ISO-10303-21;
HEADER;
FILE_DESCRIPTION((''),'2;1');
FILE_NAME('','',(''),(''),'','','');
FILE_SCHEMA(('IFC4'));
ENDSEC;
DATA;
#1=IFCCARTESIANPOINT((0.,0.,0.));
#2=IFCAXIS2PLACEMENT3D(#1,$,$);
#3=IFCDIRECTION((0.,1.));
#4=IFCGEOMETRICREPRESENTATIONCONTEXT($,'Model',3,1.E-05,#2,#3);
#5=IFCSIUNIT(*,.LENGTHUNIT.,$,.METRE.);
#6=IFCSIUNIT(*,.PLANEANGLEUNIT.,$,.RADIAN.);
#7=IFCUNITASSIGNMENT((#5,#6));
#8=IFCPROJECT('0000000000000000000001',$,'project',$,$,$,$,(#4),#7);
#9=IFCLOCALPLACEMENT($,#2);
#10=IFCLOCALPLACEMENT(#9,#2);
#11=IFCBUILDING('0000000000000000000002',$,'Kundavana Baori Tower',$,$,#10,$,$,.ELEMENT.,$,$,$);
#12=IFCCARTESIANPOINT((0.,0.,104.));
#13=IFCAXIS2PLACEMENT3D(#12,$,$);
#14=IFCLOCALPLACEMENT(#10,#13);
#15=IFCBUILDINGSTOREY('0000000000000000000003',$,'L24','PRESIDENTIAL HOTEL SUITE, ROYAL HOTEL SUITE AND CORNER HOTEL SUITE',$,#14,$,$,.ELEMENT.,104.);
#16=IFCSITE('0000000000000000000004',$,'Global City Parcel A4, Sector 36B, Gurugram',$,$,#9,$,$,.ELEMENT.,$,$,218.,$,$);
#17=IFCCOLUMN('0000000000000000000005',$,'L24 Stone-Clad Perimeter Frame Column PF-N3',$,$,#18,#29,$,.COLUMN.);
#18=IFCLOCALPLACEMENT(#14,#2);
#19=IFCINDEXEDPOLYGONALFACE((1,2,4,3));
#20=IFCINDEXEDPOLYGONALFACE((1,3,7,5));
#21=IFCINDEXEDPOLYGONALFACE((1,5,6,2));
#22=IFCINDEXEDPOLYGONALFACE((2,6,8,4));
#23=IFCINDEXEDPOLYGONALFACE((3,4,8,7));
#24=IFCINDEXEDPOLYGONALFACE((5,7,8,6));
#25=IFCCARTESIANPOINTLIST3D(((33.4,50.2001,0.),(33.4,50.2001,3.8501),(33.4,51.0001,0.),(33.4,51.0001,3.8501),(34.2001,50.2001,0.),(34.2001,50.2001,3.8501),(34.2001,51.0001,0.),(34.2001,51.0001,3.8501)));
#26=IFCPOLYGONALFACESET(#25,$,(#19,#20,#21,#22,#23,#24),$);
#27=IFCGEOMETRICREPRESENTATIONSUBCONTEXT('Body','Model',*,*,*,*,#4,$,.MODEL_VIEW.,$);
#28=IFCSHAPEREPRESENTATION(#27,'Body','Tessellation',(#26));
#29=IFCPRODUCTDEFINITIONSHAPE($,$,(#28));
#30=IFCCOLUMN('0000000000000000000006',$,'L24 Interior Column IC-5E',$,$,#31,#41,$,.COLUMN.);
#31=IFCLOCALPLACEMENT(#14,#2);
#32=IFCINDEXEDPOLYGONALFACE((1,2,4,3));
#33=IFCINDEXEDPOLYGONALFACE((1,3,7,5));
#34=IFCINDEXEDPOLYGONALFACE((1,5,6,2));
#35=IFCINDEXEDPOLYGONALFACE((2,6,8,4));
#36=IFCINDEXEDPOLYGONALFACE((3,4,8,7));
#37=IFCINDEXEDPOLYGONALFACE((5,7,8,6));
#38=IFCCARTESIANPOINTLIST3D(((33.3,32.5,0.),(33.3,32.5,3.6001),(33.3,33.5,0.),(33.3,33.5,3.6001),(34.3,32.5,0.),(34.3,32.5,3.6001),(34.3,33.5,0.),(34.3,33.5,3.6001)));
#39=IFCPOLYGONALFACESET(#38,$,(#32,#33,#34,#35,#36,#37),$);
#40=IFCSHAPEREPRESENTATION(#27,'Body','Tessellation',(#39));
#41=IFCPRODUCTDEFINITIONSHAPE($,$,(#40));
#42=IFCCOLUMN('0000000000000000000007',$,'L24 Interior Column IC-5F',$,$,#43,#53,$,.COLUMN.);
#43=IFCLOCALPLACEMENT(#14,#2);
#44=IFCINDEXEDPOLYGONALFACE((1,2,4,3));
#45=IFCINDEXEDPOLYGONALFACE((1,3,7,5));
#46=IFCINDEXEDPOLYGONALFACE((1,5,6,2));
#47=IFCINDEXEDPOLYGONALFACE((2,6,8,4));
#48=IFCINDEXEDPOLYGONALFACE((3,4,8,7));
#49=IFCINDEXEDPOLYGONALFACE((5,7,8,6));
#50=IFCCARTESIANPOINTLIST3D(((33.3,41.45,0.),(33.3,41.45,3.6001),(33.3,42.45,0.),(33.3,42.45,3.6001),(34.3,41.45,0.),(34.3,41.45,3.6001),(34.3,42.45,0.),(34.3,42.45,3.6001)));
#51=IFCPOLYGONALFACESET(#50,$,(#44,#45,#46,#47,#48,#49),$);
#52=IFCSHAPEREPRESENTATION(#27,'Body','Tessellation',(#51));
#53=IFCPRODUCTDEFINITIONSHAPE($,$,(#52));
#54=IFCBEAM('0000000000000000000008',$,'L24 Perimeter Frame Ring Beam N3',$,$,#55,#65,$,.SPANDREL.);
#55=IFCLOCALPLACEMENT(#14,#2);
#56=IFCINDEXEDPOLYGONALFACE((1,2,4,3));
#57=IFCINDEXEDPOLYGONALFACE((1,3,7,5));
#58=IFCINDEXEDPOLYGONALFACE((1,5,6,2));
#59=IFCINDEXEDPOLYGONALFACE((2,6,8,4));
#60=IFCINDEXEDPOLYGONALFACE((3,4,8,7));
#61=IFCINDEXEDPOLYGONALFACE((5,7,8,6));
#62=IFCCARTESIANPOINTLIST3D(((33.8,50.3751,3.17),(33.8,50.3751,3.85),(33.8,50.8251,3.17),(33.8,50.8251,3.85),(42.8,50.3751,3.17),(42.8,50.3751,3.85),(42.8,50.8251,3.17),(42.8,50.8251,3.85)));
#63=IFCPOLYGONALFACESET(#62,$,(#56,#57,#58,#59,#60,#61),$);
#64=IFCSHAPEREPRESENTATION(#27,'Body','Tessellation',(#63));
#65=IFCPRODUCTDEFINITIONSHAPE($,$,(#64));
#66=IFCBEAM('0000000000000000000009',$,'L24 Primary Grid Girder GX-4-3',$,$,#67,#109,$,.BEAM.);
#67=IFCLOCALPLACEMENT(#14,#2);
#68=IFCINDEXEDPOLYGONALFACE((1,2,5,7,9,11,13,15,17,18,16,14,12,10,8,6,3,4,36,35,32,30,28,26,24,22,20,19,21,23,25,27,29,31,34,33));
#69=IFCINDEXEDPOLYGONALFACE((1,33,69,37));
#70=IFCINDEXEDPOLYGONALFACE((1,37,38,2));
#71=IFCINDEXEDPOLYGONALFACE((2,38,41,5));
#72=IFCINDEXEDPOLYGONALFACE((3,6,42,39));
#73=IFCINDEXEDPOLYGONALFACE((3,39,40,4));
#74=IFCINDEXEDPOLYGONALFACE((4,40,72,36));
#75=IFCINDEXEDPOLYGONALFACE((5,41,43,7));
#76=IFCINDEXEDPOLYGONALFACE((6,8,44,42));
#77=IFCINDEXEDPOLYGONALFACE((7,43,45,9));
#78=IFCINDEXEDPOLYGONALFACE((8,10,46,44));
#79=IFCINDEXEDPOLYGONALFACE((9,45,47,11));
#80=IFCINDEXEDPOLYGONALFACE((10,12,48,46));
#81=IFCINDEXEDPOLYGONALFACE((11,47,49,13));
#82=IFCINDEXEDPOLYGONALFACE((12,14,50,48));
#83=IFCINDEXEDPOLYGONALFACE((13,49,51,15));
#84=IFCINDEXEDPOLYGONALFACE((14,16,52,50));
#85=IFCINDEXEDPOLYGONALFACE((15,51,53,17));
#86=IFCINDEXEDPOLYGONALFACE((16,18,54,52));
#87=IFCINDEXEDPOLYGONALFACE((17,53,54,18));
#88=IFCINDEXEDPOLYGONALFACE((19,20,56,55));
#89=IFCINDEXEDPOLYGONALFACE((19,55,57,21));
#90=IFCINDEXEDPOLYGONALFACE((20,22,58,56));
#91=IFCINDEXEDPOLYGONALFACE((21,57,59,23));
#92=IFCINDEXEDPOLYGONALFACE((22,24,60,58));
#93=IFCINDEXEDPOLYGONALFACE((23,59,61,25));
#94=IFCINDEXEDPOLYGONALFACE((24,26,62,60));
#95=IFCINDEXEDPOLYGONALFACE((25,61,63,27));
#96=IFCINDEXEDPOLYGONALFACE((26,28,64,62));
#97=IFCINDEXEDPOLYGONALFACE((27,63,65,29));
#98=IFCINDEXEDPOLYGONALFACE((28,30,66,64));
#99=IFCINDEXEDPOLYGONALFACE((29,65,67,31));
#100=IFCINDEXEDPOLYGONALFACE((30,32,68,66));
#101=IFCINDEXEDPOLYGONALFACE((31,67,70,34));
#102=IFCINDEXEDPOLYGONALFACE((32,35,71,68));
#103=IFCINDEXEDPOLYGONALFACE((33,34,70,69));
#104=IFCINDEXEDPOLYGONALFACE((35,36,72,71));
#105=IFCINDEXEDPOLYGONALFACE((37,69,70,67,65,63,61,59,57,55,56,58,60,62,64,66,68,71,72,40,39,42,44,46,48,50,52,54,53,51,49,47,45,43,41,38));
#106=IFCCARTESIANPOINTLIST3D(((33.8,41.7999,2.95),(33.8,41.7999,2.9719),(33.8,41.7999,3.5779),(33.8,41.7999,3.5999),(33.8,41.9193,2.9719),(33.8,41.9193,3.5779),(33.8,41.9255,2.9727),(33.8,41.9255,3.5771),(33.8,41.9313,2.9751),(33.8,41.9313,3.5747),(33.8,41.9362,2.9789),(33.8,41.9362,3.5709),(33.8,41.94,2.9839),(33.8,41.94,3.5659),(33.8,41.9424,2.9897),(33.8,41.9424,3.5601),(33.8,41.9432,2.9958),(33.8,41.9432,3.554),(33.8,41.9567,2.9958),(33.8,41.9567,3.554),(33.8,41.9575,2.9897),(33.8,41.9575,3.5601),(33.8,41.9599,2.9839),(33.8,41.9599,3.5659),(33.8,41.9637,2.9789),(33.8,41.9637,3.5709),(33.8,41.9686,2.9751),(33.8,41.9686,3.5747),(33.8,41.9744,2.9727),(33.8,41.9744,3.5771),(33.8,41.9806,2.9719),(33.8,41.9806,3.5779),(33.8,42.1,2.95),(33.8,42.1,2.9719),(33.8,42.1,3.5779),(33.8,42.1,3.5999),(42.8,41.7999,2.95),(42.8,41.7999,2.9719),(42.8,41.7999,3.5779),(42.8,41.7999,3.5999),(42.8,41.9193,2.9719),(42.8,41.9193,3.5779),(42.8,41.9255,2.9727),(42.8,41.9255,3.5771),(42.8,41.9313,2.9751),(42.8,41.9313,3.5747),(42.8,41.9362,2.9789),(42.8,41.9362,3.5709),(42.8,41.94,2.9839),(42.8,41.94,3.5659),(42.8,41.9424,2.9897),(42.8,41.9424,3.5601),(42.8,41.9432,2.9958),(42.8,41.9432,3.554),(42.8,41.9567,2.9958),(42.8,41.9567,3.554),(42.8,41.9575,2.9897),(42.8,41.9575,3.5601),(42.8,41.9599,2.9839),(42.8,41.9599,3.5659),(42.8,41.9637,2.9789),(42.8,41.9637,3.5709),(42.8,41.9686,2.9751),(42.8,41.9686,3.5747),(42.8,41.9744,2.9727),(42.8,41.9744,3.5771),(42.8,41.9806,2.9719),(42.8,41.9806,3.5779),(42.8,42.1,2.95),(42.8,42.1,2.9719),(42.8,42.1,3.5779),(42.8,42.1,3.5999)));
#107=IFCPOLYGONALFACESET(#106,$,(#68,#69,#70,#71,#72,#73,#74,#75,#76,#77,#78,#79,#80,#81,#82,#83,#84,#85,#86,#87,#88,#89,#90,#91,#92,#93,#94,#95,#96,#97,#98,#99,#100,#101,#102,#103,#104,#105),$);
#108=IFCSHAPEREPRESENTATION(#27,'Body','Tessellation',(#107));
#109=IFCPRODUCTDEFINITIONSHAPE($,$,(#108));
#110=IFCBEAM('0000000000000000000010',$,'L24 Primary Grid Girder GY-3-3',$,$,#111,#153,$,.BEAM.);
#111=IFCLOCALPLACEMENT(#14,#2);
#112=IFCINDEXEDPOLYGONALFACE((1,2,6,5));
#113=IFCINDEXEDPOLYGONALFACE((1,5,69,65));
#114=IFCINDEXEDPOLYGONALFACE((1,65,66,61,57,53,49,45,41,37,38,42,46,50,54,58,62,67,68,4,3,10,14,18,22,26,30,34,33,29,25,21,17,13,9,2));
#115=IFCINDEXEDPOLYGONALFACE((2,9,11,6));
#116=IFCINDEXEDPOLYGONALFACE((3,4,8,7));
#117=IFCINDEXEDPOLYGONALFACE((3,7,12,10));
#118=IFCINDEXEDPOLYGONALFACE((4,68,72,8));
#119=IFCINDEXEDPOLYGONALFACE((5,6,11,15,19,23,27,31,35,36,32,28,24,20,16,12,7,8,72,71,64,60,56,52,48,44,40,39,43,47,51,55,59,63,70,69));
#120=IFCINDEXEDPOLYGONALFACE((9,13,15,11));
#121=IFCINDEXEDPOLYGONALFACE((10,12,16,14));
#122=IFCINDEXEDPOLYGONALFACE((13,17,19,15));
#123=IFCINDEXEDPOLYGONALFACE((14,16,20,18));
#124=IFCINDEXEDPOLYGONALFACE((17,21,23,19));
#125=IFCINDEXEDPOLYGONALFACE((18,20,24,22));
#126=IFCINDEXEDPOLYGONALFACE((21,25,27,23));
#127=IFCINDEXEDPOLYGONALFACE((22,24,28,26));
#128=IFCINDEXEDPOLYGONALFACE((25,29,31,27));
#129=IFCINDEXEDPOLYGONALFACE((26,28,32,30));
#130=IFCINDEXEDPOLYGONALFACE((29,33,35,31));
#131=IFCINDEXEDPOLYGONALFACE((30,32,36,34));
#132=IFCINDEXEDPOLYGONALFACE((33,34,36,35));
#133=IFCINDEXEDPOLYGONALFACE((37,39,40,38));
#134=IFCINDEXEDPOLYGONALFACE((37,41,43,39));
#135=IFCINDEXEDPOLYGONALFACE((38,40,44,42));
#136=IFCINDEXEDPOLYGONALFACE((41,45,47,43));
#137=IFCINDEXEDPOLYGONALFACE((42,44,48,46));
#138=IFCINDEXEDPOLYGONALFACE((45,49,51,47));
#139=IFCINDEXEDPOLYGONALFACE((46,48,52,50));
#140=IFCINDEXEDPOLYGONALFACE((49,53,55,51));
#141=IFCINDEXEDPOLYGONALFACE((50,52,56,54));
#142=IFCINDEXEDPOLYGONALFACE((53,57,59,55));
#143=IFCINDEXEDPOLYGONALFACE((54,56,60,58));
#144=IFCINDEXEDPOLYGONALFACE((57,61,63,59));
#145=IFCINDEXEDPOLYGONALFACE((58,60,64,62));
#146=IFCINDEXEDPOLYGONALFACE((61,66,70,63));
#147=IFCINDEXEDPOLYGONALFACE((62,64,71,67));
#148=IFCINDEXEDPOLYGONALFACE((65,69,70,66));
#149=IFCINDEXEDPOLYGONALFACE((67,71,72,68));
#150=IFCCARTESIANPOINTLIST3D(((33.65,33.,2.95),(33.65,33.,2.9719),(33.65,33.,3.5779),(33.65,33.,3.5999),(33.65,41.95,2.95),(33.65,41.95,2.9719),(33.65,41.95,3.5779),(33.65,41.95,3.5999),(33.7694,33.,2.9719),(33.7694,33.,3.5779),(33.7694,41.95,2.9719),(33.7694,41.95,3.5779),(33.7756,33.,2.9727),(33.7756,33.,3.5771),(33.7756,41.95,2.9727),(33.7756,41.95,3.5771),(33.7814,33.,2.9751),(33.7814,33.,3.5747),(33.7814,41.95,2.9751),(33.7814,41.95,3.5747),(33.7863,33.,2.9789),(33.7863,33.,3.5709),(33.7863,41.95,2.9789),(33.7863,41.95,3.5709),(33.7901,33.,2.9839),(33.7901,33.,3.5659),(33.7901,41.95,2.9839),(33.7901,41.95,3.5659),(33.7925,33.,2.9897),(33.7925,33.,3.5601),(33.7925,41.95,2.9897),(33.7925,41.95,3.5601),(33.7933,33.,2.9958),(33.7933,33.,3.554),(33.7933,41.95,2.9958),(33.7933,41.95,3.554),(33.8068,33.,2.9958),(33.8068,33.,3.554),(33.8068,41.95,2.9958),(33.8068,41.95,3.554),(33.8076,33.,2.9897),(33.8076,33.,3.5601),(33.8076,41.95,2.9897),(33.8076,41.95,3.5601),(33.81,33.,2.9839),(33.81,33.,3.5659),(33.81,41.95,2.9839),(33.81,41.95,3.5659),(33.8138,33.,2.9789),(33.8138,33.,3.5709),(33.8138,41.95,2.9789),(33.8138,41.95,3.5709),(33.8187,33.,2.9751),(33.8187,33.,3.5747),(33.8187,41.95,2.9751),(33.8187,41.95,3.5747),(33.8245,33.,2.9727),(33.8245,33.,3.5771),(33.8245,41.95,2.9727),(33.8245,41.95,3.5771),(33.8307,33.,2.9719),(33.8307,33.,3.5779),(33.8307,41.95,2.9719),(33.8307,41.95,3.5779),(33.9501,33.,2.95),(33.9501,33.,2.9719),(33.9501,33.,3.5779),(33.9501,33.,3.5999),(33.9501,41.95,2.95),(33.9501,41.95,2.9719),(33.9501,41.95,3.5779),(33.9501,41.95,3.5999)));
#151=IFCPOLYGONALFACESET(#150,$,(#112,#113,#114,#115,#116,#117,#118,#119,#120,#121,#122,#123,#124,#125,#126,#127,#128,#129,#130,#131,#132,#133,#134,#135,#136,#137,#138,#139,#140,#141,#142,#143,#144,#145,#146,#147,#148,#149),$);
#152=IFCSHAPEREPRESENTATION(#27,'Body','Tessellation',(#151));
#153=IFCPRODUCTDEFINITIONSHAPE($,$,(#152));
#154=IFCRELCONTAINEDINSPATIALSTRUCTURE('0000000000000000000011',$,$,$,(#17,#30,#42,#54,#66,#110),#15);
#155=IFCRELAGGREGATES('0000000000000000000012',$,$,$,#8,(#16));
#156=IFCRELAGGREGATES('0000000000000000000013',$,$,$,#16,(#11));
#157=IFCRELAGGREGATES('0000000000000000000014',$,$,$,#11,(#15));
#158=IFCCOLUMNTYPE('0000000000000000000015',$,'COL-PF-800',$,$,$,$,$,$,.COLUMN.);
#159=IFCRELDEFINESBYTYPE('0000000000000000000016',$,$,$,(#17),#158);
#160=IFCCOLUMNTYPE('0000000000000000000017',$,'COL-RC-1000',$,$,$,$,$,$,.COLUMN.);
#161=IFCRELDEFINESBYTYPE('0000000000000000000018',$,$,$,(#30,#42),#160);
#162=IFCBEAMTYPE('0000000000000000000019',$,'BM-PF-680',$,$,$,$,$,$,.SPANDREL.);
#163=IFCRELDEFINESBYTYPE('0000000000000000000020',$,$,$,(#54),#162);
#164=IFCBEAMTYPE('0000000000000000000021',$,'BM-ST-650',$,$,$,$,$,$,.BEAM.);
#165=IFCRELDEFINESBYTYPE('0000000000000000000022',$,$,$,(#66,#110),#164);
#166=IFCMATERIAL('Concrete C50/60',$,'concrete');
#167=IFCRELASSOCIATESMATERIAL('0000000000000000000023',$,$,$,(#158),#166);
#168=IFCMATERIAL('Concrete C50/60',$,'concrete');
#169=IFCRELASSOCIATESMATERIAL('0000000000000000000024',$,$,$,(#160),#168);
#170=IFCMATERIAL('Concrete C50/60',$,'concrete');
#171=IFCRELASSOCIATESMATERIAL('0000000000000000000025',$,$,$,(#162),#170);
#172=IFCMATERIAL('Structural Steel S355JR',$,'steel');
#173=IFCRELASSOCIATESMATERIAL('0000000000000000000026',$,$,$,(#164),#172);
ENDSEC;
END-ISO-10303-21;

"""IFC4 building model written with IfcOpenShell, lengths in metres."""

from ifc_helpers import new_model, si_unit, direction, frame, origin, origin_2d, place, context, subcontext, project, spatial, rectangle, i_section, extrude, material, material_profile, profile_set, type_object, element, save


model = new_model("IFC4")

# Units and contexts
model_context = context("Model", 3, precision=1e-05, world=origin(), true_north=direction((0.0, 1.0)))
body_context = subcontext(model_context, "Body", "Model", "MODEL_VIEW")
ifc_project = project(units=[si_unit("LENGTHUNIT", "METRE"), si_unit("PLANEANGLEUNIT", "RADIAN")], contexts=[model_context])

# Site, building, storey
site_placement = place(None, origin())
site = spatial("IfcSite", under=ifc_project, at=site_placement, Name="Global City Parcel A4, Sector 36B, Gurugram", CompositionType="ELEMENT", RefElevation=218.0)
building_placement = place(site_placement, origin())
building = spatial("IfcBuilding", under=site, at=building_placement, Name="Kundavana Baori Tower", CompositionType="ELEMENT")
storey_placement = place(building_placement, frame((0.0, 0.0, 104.0)))
storey = spatial("IfcBuildingStorey", under=building, at=storey_placement, Name="L24", Description="PRESIDENTIAL HOTEL SUITE, ROYAL HOTEL SUITE AND CORNER HOTEL SUITE", CompositionType="ELEMENT", Elevation=104.0)

# Columns
ifc_material_1 = material(Name="Concrete C50/60", Category="concrete")
ifc_material_profile_1 = material_profile(ifc_material_1, rectangle(XDim=0.8, YDim=0.8, at=origin_2d()), Name="RC PF 800x800")
ifc_profile_set_1 = profile_set([ifc_material_profile_1], Name="Concrete C50/60")
column_type_1 = type_object("IfcColumnType", Name="COL-PF-800", PredefinedType="COLUMN", material=ifc_profile_set_1)
column_placement = place(storey_placement, frame((33.8, 50.6001, 0.0), z_axis=(0.0, 0.0, 1.0), x_axis=(1.0, 0.0, 0.0)))
element("IfcColumn", 1, at=column_placement, inside=storey, type_object=column_type_1, Name="L24 Stone-Clad Perimeter Frame Column PF-N3", PredefinedType="COLUMN", context=body_context, shape_type="SweptSolid", body=[
    extrude(rectangle(XDim=0.8, YDim=0.8, at=origin_2d()), origin(), (0.0, 0.0, 1.0), 3.8501),
])
ifc_material_2 = material(Name="Concrete C50/60", Category="concrete")
ifc_material_profile_2 = material_profile(ifc_material_2, rectangle(XDim=1.0, YDim=1.0, at=origin_2d()), Name="RC 1000x1000")
ifc_profile_set_2 = profile_set([ifc_material_profile_2], Name="Concrete C50/60")
column_type_2 = type_object("IfcColumnType", Name="COL-RC-1000", PredefinedType="COLUMN", material=ifc_profile_set_2)
for number, where, z_axis, x_axis, name in (
    (2, (33.8, 33.0, 0.0), (0.0, 0.0, 1.0), (1.0, 0.0, 0.0), "L24 Interior Column IC-5E"),
    (3, (33.8, 41.95, 0.0), (0.0, 0.0, 1.0), (1.0, 0.0, 0.0), "L24 Interior Column IC-5F"),
):
    element("IfcColumn", number, at=place(storey_placement, frame(where, z_axis=z_axis, x_axis=x_axis)), inside=storey, type_object=column_type_2, Name=name, PredefinedType="COLUMN", context=body_context, shape_type="SweptSolid", body=[
        extrude(rectangle(XDim=1.0, YDim=1.0, at=origin_2d()), origin(), (0.0, 0.0, 1.0), 3.6001),
    ])

# Beams
ifc_material_3 = material(Name="Concrete C50/60", Category="concrete")
ifc_material_profile_3 = material_profile(ifc_material_3, rectangle(XDim=0.45, YDim=0.6799, at=origin_2d()), Name="RC BM 450x680")
ifc_profile_set_3 = profile_set([ifc_material_profile_3], Name="Concrete C50/60")
beam_type_1 = type_object("IfcBeamType", Name="BM-PF-680", PredefinedType="SPANDREL", material=ifc_profile_set_3)
beam_1_placement = place(storey_placement, frame((33.8, 50.6001, 3.51), z_axis=(1.0, 0.0, 0.0), x_axis=(0.0, 1.0, 0.0)))
element("IfcBeam", 4, at=beam_1_placement, inside=storey, type_object=beam_type_1, Name="L24 Perimeter Frame Ring Beam N3", PredefinedType="SPANDREL", context=body_context, shape_type="SweptSolid", body=[
    extrude(rectangle(XDim=0.45, YDim=0.6799, at=origin_2d()), origin(), (0.0, 0.0, 1.0), 9.0),
])
ifc_material_4 = material(Name="Structural Steel S355JR", Category="steel")
ifc_material_profile_4 = material_profile(ifc_material_4, i_section(OverallWidth=0.3, OverallDepth=0.6499, WebThickness=0.0134, FlangeThickness=0.022, FilletRadius=0.0239, at=origin_2d()), Name="NPB 650x300x155")
ifc_profile_set_4 = profile_set([ifc_material_profile_4], Name="Structural Steel S355JR")
beam_type_2 = type_object("IfcBeamType", Name="BM-ST-650", PredefinedType="BEAM", material=ifc_profile_set_4)
beam_2_placement = place(storey_placement, frame((33.8, 41.95, 3.2749), z_axis=(1.0, 0.0, 0.0), x_axis=(0.0, 1.0, 0.0)))
element("IfcBeam", 5, at=beam_2_placement, inside=storey, type_object=beam_type_2, Name="L24 Primary Grid Girder GX-4-3", PredefinedType="BEAM", context=body_context, shape_type="SweptSolid", body=[
    extrude(i_section(OverallWidth=0.3, OverallDepth=0.6499, WebThickness=0.0134, FlangeThickness=0.022, FilletRadius=0.0239, at=origin_2d()), origin(), (0.0, 0.0, 1.0), 9.0),
])
beam_3_placement = place(storey_placement, frame((33.8, 33.0, 3.2749), z_axis=(0.0, 1.0, 0.0), x_axis=(-1.0, 0.0, 0.0)))
element("IfcBeam", 6, at=beam_3_placement, inside=storey, type_object=beam_type_2, Name="L24 Primary Grid Girder GY-3-3", PredefinedType="BEAM", context=body_context, shape_type="SweptSolid", body=[
    extrude(i_section(OverallWidth=0.3, OverallDepth=0.6499, WebThickness=0.0134, FlangeThickness=0.022, FilletRadius=0.0239, at=origin_2d()), origin(), (0.0, 0.0, 1.0), 8.95),
])

save(model, "model.ifc")
